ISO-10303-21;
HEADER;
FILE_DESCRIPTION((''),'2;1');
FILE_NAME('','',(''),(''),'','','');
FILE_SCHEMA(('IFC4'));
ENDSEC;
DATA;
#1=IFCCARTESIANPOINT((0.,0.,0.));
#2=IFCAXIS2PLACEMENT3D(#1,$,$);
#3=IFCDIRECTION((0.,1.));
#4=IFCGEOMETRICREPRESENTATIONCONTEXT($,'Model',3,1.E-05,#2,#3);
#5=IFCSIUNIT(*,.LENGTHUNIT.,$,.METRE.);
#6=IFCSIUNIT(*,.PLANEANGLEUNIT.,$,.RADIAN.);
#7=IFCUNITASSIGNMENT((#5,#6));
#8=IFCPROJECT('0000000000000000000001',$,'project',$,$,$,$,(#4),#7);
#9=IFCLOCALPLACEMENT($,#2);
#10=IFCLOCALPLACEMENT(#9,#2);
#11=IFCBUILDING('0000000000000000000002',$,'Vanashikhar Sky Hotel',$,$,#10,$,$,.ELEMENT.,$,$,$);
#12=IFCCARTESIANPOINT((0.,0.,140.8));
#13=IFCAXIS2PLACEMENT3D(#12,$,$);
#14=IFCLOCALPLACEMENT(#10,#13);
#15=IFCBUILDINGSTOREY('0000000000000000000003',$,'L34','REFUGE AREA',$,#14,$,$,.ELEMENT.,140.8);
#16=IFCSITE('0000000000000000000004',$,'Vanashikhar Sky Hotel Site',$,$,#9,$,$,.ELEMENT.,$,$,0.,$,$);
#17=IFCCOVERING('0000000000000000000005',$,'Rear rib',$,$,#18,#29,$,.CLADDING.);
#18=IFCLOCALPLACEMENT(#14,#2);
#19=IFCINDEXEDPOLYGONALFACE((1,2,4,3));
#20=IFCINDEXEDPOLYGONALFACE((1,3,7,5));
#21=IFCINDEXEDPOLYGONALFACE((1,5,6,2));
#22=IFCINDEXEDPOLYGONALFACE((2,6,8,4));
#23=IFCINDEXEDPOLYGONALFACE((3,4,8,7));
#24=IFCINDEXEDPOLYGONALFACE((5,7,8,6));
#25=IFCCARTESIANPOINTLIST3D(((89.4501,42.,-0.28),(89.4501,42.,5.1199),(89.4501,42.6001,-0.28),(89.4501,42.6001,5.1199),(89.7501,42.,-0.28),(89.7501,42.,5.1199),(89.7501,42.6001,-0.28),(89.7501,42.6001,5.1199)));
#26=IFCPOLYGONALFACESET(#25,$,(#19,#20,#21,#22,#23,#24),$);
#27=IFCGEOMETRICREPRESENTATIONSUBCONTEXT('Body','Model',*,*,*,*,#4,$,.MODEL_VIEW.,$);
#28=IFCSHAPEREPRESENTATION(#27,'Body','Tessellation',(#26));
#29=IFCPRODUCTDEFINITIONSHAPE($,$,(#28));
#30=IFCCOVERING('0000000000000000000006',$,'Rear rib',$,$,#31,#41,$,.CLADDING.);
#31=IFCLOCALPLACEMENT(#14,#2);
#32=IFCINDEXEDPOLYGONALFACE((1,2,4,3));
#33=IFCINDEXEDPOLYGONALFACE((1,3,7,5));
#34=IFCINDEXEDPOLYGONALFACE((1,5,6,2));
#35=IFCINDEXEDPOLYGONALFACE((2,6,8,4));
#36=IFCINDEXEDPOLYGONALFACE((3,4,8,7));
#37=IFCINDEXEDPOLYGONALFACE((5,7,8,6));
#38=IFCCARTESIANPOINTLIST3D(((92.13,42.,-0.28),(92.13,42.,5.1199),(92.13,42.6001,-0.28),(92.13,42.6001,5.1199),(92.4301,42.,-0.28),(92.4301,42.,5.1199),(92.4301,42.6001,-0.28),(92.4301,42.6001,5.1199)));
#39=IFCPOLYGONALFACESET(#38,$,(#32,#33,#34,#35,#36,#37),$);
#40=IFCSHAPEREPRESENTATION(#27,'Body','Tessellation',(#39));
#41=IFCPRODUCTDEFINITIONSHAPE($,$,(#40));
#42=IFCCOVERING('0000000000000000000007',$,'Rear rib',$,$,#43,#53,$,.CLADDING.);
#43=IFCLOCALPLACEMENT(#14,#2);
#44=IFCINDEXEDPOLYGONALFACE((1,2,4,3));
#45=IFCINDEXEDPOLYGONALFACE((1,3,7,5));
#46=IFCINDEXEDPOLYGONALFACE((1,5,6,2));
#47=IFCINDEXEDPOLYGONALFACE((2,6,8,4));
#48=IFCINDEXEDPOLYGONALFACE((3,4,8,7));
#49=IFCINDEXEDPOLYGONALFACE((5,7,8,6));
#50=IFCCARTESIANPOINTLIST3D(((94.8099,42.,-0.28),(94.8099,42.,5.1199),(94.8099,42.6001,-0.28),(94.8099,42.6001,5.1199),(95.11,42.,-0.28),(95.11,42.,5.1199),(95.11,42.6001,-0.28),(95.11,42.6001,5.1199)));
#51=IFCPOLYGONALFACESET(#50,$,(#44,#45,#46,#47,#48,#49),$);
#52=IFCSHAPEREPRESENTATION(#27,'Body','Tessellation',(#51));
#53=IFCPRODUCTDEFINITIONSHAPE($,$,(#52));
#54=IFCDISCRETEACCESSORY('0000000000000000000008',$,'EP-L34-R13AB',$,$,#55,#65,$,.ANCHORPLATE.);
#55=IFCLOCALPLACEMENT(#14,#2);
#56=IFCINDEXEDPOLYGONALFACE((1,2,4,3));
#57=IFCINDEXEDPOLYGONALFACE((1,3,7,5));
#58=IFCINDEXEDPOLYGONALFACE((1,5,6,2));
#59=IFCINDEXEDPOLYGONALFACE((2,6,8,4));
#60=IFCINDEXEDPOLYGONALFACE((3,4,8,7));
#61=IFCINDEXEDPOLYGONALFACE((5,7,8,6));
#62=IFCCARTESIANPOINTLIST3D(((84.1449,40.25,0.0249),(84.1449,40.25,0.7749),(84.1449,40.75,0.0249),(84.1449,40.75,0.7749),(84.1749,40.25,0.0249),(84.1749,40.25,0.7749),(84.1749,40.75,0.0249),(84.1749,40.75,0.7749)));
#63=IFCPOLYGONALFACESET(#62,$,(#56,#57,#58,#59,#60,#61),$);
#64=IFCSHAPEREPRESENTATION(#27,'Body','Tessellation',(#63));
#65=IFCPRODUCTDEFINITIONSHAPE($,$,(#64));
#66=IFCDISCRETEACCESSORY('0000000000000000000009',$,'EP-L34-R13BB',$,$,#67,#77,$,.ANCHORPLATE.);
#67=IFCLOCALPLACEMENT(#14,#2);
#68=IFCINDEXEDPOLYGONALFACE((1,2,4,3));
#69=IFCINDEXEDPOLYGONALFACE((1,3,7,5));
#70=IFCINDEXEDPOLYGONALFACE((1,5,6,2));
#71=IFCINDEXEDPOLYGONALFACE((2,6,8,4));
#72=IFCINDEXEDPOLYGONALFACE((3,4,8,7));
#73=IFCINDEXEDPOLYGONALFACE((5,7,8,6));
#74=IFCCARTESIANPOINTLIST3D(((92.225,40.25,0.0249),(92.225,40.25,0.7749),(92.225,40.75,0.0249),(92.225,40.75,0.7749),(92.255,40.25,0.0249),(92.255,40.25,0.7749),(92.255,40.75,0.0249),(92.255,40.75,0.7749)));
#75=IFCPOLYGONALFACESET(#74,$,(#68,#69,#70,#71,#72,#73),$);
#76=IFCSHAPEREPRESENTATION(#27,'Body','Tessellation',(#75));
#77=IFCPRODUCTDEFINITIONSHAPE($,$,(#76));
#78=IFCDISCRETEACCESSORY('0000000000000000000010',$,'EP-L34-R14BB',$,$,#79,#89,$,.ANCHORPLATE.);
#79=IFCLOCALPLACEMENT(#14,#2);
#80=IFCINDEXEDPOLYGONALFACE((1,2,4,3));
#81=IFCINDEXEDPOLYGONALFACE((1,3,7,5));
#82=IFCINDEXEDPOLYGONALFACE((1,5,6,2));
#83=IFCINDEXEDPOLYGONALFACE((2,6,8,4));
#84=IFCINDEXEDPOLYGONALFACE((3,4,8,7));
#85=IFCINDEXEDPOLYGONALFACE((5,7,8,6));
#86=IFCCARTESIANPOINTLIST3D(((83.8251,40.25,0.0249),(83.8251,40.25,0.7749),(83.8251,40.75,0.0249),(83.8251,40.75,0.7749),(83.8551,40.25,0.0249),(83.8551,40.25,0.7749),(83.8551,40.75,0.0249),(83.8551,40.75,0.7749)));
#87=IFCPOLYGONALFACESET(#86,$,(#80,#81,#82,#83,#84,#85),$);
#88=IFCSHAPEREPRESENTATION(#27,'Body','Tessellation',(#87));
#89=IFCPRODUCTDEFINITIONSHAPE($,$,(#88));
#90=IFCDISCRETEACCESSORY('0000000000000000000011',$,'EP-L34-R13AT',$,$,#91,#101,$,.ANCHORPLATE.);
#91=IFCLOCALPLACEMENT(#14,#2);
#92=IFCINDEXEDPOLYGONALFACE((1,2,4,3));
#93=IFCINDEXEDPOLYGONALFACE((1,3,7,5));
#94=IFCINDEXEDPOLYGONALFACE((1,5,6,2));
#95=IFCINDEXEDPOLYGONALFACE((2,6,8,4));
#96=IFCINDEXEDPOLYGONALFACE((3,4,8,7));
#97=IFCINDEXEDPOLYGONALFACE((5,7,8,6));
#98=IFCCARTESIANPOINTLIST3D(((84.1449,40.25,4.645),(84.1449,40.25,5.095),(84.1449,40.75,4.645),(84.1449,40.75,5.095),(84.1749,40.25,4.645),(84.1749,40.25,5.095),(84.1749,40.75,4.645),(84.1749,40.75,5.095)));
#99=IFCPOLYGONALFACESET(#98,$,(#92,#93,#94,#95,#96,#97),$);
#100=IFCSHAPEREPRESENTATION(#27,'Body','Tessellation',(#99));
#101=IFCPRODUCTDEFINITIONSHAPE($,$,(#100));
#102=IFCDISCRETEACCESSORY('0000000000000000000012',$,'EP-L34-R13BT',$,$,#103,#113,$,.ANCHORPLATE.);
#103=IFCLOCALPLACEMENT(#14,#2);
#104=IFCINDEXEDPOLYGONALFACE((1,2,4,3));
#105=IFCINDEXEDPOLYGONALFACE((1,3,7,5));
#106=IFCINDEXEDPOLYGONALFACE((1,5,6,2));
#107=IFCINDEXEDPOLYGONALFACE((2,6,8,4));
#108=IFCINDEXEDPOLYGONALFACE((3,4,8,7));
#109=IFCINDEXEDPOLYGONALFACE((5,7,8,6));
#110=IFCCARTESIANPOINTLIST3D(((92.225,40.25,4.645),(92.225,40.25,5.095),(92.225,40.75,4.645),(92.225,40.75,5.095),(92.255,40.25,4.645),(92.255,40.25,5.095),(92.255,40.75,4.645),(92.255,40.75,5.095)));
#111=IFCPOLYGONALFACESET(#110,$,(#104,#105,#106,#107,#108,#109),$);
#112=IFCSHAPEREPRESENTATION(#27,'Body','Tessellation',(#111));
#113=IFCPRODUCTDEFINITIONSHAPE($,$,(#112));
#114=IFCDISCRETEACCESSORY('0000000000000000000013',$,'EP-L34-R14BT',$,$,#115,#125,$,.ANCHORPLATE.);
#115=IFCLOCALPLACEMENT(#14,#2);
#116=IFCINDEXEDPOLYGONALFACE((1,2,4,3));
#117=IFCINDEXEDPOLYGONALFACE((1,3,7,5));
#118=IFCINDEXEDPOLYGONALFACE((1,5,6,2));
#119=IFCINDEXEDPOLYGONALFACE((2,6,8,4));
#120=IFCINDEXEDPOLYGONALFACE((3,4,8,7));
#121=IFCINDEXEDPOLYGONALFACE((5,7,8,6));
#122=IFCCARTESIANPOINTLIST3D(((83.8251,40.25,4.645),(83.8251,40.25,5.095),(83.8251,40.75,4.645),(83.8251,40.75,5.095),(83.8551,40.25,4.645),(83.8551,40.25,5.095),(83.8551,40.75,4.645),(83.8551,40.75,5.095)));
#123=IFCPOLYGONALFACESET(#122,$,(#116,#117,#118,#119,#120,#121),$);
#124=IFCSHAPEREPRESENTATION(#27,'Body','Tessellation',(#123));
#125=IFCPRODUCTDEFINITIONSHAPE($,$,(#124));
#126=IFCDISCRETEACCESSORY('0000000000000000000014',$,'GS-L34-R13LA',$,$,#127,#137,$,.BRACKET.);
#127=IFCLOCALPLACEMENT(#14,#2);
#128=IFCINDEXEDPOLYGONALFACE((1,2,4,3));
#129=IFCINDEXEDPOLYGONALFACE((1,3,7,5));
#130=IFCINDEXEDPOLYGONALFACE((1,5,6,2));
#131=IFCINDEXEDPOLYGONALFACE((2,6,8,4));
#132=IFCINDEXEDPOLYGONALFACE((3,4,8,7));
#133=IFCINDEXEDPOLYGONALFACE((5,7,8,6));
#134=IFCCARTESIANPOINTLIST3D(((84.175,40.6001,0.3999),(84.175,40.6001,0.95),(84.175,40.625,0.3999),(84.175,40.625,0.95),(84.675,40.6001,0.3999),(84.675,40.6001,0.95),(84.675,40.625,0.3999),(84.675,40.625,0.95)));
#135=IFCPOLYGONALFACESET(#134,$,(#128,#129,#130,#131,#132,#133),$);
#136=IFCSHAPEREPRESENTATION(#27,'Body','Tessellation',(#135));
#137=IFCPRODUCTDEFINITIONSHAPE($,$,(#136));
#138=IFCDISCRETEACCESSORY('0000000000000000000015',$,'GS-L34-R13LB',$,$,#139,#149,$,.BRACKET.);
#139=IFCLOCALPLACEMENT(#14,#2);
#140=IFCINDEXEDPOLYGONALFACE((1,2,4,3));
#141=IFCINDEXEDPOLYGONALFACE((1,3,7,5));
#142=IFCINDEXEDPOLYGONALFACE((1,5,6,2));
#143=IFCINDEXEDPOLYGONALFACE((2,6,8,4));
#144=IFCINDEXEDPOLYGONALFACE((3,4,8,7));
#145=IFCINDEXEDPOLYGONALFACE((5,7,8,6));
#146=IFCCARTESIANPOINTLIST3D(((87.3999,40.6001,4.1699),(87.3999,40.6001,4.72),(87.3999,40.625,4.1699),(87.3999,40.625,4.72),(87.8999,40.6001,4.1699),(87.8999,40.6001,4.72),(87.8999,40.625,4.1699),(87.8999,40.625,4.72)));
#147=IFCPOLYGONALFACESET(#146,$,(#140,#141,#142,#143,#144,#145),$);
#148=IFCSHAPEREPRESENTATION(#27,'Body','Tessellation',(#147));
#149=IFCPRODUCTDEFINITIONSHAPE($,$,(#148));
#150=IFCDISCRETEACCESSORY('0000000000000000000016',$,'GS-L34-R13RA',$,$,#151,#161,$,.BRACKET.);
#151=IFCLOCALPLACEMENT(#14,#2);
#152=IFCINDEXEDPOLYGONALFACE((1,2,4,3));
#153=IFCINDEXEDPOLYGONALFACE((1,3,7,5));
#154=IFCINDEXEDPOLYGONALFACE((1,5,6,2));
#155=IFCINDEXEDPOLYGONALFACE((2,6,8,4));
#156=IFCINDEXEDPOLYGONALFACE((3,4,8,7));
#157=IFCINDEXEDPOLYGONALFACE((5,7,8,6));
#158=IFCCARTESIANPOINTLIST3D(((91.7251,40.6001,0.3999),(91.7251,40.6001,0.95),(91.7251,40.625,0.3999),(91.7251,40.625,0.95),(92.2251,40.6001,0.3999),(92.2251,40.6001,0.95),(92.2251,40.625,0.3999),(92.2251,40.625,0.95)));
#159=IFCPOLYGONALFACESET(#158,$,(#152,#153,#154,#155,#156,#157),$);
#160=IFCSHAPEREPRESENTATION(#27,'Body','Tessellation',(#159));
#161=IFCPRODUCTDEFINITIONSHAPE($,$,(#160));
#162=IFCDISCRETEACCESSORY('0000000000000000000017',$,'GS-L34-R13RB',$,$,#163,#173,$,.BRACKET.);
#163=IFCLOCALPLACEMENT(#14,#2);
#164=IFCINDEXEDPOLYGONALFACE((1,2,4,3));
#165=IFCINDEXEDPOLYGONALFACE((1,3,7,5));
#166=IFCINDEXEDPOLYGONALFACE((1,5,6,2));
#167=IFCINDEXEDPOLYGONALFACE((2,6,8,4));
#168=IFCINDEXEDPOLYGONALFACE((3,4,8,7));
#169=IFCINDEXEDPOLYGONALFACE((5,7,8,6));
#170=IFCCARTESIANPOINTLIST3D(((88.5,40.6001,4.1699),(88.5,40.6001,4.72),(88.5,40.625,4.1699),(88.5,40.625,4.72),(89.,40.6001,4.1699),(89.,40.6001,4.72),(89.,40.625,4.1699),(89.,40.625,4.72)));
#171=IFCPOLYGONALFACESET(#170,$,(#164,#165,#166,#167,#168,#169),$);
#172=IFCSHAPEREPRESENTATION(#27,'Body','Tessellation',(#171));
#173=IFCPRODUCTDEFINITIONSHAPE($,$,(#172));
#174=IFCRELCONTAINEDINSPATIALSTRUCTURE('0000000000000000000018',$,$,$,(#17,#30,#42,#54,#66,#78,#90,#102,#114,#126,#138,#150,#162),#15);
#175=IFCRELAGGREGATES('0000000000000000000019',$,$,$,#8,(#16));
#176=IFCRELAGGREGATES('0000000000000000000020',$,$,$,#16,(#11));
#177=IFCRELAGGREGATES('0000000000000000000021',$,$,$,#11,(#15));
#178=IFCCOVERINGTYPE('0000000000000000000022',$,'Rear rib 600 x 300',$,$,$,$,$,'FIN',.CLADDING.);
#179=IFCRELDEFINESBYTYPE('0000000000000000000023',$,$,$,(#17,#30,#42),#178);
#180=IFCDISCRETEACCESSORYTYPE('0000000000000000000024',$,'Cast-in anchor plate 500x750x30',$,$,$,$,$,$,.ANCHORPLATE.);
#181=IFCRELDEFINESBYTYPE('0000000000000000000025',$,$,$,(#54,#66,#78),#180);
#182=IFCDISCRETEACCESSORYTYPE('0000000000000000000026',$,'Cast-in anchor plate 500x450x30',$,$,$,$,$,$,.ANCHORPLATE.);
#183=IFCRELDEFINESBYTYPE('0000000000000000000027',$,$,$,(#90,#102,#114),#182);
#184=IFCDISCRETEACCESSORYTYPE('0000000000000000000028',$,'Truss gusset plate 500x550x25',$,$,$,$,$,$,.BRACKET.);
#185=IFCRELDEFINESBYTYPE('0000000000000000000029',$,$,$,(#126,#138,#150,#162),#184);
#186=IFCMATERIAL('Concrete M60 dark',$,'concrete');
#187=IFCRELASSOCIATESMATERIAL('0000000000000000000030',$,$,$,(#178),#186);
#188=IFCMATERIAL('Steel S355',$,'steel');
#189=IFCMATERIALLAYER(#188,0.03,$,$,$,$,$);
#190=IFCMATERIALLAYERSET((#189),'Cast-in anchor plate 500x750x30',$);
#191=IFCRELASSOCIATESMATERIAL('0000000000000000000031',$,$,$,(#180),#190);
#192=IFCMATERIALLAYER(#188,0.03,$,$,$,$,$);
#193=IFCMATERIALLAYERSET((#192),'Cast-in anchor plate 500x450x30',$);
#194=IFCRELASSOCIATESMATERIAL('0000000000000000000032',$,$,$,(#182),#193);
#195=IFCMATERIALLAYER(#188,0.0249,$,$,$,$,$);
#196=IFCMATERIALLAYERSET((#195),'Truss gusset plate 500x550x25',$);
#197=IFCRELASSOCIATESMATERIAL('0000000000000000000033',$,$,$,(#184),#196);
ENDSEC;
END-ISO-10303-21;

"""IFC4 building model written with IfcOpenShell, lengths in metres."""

from ifc_helpers import new_model, si_unit, direction, frame, origin, origin_2d, place, context, subcontext, project, spatial, rectangle, extrude, source, transform, mapped, material, layer, layer_set, material_profile, profile_set, type_object, element, save


model = new_model("IFC4")

# Units and contexts
model_context = context("Model", 3, precision=1e-05, world=origin(), true_north=direction((0.0, 1.0)))
body_context = subcontext(model_context, "Body", "Model", "MODEL_VIEW")
ifc_project = project(units=[si_unit("LENGTHUNIT", "METRE"), si_unit("PLANEANGLEUNIT", "RADIAN")], contexts=[model_context])

# Site, building, storey
site_placement = place(None, origin())
site = spatial("IfcSite", under=ifc_project, at=site_placement, Name="Vanashikhar Sky Hotel Site", CompositionType="ELEMENT", RefElevation=0.0)
building_placement = place(site_placement, origin())
building = spatial("IfcBuilding", under=site, at=building_placement, Name="Vanashikhar Sky Hotel", CompositionType="ELEMENT")
storey_placement = place(building_placement, frame((0.0, 0.0, 140.8)))
storey = spatial("IfcBuildingStorey", under=building, at=storey_placement, Name="L34", Description="REFUGE AREA", CompositionType="ELEMENT", Elevation=140.8)

# Shared definitions
ifc_material_1 = material(Name="Steel S355", Category="steel")

# Coverings
ifc_material_2 = material(Name="Concrete M60 dark", Category="concrete")
ifc_material_profile_1 = material_profile(ifc_material_2, rectangle(XDim=0.6001, YDim=0.3, at=origin_2d()))
ifc_profile_set_1 = profile_set([ifc_material_profile_1], Name="Rear rib 600 x 300")
covering_type_1 = type_object("IfcCoveringType", Name="Rear rib 600 x 300", ElementType="FIN", PredefinedType="CLADDING", material=ifc_profile_set_1)
shared_shape_1 = source(origin(), body_context, "Body", "SweptSolid", [
    extrude(rectangle(XDim=0.6001, YDim=0.3, at=origin_2d()), origin(), (0.0, 0.0, 1.0), 5.3999),
])
for number, where, z_axis, x_axis, name in (
    (1, (89.6001, 42.3, -0.28), (0.0, 0.0, 1.0), (0.0, 1.0, 0.0), "Rear rib"),
    (2, (92.28, 42.3, -0.28), (0.0, 0.0, 1.0), (0.0, 1.0, 0.0), "Rear rib"),
    (3, (94.96, 42.3, -0.28), (0.0, 0.0, 1.0), (0.0, 1.0, 0.0), "Rear rib"),
):
    element("IfcCovering", number, at=place(storey_placement, frame(where, z_axis=z_axis, x_axis=x_axis)), inside=storey, type_object=covering_type_1, Name=name, PredefinedType="CLADDING", context=body_context, shape_type="MappedRepresentation", body=[
        mapped(shared_shape_1, transform((0.0, 0.0, 0.0), scale=1.0)),
    ])

# Discrete accessories
ifc_layer_1 = layer(ifc_material_1, 0.03)
ifc_layer_set_1 = layer_set([ifc_layer_1], Name="Cast-in anchor plate 500x750x30")
discrete_accessory_type_1 = type_object("IfcDiscreteAccessoryType", Name="Cast-in anchor plate 500x750x30", PredefinedType="ANCHORPLATE", material=ifc_layer_set_1)
shared_shape_2 = source(origin(), body_context, "Body", "SweptSolid", [
    extrude(rectangle(XDim=0.03, YDim=0.5, at=origin_2d()), origin(), (0.0, 0.0, 1.0), 0.75),
])
for number, where, z_axis, x_axis, name in (
    (4, (84.1599, 40.5, 0.0249), (0.0, 0.0, 1.0), (1.0, 0.0, 0.0), "EP-L34-R13AB"),
    (5, (92.24, 40.5, 0.0249), (0.0, 0.0, 1.0), (1.0, 0.0, 0.0), "EP-L34-R13BB"),
    (6, (83.8401, 40.5, 0.0249), (0.0, 0.0, 1.0), (1.0, 0.0, 0.0), "EP-L34-R14BB"),
):
    element("IfcDiscreteAccessory", number, at=place(storey_placement, frame(where, z_axis=z_axis, x_axis=x_axis)), inside=storey, type_object=discrete_accessory_type_1, Name=name, PredefinedType="ANCHORPLATE", context=body_context, shape_type="MappedRepresentation", body=[
        mapped(shared_shape_2, transform((0.0, 0.0, 0.0), scale=1.0)),
    ])
ifc_layer_2 = layer(ifc_material_1, 0.03)
ifc_layer_set_2 = layer_set([ifc_layer_2], Name="Cast-in anchor plate 500x450x30")
discrete_accessory_type_2 = type_object("IfcDiscreteAccessoryType", Name="Cast-in anchor plate 500x450x30", PredefinedType="ANCHORPLATE", material=ifc_layer_set_2)
shared_shape_3 = source(origin(), body_context, "Body", "SweptSolid", [
    extrude(rectangle(XDim=0.03, YDim=0.5, at=origin_2d()), origin(), (0.0, 0.0, 1.0), 0.45),
])
for number, where, z_axis, x_axis, name in (
    (7, (84.1599, 40.5, 4.645), (0.0, 0.0, 1.0), (1.0, 0.0, 0.0), "EP-L34-R13AT"),
    (8, (92.24, 40.5, 4.645), (0.0, 0.0, 1.0), (1.0, 0.0, 0.0), "EP-L34-R13BT"),
    (9, (83.8401, 40.5, 4.645), (0.0, 0.0, 1.0), (1.0, 0.0, 0.0), "EP-L34-R14BT"),
):
    element("IfcDiscreteAccessory", number, at=place(storey_placement, frame(where, z_axis=z_axis, x_axis=x_axis)), inside=storey, type_object=discrete_accessory_type_2, Name=name, PredefinedType="ANCHORPLATE", context=body_context, shape_type="MappedRepresentation", body=[
        mapped(shared_shape_3, transform((0.0, 0.0, 0.0), scale=1.0)),
    ])
ifc_layer_3 = layer(ifc_material_1, 0.0249)
ifc_layer_set_3 = layer_set([ifc_layer_3], Name="Truss gusset plate 500x550x25")
discrete_accessory_type_3 = type_object("IfcDiscreteAccessoryType", Name="Truss gusset plate 500x550x25", PredefinedType="BRACKET", material=ifc_layer_set_3)
shared_shape_4 = source(origin(), body_context, "Body", "SweptSolid", [
    extrude(rectangle(XDim=0.5, YDim=0.0249, at=origin_2d()), origin(), (0.0, 0.0, 1.0), 0.55),
])
for number, where, z_axis, x_axis, name in (
    (10, (84.425, 40.6125, 0.3999), (0.0, 0.0, 1.0), (1.0, 0.0, 0.0), "GS-L34-R13LA"),
    (11, (87.6499, 40.6125, 4.1699), (0.0, 0.0, 1.0), (1.0, 0.0, 0.0), "GS-L34-R13LB"),
    (12, (91.9751, 40.6125, 0.3999), (0.0, 0.0, 1.0), (1.0, 0.0, 0.0), "GS-L34-R13RA"),
    (13, (88.75, 40.6125, 4.1699), (0.0, 0.0, 1.0), (1.0, 0.0, 0.0), "GS-L34-R13RB"),
):
    element("IfcDiscreteAccessory", number, at=place(storey_placement, frame(where, z_axis=z_axis, x_axis=x_axis)), inside=storey, type_object=discrete_accessory_type_3, Name=name, PredefinedType="BRACKET", context=body_context, shape_type="MappedRepresentation", body=[
        mapped(shared_shape_4, transform((0.0, 0.0, 0.0), scale=1.0)),
    ])

save(model, "model.ifc")
